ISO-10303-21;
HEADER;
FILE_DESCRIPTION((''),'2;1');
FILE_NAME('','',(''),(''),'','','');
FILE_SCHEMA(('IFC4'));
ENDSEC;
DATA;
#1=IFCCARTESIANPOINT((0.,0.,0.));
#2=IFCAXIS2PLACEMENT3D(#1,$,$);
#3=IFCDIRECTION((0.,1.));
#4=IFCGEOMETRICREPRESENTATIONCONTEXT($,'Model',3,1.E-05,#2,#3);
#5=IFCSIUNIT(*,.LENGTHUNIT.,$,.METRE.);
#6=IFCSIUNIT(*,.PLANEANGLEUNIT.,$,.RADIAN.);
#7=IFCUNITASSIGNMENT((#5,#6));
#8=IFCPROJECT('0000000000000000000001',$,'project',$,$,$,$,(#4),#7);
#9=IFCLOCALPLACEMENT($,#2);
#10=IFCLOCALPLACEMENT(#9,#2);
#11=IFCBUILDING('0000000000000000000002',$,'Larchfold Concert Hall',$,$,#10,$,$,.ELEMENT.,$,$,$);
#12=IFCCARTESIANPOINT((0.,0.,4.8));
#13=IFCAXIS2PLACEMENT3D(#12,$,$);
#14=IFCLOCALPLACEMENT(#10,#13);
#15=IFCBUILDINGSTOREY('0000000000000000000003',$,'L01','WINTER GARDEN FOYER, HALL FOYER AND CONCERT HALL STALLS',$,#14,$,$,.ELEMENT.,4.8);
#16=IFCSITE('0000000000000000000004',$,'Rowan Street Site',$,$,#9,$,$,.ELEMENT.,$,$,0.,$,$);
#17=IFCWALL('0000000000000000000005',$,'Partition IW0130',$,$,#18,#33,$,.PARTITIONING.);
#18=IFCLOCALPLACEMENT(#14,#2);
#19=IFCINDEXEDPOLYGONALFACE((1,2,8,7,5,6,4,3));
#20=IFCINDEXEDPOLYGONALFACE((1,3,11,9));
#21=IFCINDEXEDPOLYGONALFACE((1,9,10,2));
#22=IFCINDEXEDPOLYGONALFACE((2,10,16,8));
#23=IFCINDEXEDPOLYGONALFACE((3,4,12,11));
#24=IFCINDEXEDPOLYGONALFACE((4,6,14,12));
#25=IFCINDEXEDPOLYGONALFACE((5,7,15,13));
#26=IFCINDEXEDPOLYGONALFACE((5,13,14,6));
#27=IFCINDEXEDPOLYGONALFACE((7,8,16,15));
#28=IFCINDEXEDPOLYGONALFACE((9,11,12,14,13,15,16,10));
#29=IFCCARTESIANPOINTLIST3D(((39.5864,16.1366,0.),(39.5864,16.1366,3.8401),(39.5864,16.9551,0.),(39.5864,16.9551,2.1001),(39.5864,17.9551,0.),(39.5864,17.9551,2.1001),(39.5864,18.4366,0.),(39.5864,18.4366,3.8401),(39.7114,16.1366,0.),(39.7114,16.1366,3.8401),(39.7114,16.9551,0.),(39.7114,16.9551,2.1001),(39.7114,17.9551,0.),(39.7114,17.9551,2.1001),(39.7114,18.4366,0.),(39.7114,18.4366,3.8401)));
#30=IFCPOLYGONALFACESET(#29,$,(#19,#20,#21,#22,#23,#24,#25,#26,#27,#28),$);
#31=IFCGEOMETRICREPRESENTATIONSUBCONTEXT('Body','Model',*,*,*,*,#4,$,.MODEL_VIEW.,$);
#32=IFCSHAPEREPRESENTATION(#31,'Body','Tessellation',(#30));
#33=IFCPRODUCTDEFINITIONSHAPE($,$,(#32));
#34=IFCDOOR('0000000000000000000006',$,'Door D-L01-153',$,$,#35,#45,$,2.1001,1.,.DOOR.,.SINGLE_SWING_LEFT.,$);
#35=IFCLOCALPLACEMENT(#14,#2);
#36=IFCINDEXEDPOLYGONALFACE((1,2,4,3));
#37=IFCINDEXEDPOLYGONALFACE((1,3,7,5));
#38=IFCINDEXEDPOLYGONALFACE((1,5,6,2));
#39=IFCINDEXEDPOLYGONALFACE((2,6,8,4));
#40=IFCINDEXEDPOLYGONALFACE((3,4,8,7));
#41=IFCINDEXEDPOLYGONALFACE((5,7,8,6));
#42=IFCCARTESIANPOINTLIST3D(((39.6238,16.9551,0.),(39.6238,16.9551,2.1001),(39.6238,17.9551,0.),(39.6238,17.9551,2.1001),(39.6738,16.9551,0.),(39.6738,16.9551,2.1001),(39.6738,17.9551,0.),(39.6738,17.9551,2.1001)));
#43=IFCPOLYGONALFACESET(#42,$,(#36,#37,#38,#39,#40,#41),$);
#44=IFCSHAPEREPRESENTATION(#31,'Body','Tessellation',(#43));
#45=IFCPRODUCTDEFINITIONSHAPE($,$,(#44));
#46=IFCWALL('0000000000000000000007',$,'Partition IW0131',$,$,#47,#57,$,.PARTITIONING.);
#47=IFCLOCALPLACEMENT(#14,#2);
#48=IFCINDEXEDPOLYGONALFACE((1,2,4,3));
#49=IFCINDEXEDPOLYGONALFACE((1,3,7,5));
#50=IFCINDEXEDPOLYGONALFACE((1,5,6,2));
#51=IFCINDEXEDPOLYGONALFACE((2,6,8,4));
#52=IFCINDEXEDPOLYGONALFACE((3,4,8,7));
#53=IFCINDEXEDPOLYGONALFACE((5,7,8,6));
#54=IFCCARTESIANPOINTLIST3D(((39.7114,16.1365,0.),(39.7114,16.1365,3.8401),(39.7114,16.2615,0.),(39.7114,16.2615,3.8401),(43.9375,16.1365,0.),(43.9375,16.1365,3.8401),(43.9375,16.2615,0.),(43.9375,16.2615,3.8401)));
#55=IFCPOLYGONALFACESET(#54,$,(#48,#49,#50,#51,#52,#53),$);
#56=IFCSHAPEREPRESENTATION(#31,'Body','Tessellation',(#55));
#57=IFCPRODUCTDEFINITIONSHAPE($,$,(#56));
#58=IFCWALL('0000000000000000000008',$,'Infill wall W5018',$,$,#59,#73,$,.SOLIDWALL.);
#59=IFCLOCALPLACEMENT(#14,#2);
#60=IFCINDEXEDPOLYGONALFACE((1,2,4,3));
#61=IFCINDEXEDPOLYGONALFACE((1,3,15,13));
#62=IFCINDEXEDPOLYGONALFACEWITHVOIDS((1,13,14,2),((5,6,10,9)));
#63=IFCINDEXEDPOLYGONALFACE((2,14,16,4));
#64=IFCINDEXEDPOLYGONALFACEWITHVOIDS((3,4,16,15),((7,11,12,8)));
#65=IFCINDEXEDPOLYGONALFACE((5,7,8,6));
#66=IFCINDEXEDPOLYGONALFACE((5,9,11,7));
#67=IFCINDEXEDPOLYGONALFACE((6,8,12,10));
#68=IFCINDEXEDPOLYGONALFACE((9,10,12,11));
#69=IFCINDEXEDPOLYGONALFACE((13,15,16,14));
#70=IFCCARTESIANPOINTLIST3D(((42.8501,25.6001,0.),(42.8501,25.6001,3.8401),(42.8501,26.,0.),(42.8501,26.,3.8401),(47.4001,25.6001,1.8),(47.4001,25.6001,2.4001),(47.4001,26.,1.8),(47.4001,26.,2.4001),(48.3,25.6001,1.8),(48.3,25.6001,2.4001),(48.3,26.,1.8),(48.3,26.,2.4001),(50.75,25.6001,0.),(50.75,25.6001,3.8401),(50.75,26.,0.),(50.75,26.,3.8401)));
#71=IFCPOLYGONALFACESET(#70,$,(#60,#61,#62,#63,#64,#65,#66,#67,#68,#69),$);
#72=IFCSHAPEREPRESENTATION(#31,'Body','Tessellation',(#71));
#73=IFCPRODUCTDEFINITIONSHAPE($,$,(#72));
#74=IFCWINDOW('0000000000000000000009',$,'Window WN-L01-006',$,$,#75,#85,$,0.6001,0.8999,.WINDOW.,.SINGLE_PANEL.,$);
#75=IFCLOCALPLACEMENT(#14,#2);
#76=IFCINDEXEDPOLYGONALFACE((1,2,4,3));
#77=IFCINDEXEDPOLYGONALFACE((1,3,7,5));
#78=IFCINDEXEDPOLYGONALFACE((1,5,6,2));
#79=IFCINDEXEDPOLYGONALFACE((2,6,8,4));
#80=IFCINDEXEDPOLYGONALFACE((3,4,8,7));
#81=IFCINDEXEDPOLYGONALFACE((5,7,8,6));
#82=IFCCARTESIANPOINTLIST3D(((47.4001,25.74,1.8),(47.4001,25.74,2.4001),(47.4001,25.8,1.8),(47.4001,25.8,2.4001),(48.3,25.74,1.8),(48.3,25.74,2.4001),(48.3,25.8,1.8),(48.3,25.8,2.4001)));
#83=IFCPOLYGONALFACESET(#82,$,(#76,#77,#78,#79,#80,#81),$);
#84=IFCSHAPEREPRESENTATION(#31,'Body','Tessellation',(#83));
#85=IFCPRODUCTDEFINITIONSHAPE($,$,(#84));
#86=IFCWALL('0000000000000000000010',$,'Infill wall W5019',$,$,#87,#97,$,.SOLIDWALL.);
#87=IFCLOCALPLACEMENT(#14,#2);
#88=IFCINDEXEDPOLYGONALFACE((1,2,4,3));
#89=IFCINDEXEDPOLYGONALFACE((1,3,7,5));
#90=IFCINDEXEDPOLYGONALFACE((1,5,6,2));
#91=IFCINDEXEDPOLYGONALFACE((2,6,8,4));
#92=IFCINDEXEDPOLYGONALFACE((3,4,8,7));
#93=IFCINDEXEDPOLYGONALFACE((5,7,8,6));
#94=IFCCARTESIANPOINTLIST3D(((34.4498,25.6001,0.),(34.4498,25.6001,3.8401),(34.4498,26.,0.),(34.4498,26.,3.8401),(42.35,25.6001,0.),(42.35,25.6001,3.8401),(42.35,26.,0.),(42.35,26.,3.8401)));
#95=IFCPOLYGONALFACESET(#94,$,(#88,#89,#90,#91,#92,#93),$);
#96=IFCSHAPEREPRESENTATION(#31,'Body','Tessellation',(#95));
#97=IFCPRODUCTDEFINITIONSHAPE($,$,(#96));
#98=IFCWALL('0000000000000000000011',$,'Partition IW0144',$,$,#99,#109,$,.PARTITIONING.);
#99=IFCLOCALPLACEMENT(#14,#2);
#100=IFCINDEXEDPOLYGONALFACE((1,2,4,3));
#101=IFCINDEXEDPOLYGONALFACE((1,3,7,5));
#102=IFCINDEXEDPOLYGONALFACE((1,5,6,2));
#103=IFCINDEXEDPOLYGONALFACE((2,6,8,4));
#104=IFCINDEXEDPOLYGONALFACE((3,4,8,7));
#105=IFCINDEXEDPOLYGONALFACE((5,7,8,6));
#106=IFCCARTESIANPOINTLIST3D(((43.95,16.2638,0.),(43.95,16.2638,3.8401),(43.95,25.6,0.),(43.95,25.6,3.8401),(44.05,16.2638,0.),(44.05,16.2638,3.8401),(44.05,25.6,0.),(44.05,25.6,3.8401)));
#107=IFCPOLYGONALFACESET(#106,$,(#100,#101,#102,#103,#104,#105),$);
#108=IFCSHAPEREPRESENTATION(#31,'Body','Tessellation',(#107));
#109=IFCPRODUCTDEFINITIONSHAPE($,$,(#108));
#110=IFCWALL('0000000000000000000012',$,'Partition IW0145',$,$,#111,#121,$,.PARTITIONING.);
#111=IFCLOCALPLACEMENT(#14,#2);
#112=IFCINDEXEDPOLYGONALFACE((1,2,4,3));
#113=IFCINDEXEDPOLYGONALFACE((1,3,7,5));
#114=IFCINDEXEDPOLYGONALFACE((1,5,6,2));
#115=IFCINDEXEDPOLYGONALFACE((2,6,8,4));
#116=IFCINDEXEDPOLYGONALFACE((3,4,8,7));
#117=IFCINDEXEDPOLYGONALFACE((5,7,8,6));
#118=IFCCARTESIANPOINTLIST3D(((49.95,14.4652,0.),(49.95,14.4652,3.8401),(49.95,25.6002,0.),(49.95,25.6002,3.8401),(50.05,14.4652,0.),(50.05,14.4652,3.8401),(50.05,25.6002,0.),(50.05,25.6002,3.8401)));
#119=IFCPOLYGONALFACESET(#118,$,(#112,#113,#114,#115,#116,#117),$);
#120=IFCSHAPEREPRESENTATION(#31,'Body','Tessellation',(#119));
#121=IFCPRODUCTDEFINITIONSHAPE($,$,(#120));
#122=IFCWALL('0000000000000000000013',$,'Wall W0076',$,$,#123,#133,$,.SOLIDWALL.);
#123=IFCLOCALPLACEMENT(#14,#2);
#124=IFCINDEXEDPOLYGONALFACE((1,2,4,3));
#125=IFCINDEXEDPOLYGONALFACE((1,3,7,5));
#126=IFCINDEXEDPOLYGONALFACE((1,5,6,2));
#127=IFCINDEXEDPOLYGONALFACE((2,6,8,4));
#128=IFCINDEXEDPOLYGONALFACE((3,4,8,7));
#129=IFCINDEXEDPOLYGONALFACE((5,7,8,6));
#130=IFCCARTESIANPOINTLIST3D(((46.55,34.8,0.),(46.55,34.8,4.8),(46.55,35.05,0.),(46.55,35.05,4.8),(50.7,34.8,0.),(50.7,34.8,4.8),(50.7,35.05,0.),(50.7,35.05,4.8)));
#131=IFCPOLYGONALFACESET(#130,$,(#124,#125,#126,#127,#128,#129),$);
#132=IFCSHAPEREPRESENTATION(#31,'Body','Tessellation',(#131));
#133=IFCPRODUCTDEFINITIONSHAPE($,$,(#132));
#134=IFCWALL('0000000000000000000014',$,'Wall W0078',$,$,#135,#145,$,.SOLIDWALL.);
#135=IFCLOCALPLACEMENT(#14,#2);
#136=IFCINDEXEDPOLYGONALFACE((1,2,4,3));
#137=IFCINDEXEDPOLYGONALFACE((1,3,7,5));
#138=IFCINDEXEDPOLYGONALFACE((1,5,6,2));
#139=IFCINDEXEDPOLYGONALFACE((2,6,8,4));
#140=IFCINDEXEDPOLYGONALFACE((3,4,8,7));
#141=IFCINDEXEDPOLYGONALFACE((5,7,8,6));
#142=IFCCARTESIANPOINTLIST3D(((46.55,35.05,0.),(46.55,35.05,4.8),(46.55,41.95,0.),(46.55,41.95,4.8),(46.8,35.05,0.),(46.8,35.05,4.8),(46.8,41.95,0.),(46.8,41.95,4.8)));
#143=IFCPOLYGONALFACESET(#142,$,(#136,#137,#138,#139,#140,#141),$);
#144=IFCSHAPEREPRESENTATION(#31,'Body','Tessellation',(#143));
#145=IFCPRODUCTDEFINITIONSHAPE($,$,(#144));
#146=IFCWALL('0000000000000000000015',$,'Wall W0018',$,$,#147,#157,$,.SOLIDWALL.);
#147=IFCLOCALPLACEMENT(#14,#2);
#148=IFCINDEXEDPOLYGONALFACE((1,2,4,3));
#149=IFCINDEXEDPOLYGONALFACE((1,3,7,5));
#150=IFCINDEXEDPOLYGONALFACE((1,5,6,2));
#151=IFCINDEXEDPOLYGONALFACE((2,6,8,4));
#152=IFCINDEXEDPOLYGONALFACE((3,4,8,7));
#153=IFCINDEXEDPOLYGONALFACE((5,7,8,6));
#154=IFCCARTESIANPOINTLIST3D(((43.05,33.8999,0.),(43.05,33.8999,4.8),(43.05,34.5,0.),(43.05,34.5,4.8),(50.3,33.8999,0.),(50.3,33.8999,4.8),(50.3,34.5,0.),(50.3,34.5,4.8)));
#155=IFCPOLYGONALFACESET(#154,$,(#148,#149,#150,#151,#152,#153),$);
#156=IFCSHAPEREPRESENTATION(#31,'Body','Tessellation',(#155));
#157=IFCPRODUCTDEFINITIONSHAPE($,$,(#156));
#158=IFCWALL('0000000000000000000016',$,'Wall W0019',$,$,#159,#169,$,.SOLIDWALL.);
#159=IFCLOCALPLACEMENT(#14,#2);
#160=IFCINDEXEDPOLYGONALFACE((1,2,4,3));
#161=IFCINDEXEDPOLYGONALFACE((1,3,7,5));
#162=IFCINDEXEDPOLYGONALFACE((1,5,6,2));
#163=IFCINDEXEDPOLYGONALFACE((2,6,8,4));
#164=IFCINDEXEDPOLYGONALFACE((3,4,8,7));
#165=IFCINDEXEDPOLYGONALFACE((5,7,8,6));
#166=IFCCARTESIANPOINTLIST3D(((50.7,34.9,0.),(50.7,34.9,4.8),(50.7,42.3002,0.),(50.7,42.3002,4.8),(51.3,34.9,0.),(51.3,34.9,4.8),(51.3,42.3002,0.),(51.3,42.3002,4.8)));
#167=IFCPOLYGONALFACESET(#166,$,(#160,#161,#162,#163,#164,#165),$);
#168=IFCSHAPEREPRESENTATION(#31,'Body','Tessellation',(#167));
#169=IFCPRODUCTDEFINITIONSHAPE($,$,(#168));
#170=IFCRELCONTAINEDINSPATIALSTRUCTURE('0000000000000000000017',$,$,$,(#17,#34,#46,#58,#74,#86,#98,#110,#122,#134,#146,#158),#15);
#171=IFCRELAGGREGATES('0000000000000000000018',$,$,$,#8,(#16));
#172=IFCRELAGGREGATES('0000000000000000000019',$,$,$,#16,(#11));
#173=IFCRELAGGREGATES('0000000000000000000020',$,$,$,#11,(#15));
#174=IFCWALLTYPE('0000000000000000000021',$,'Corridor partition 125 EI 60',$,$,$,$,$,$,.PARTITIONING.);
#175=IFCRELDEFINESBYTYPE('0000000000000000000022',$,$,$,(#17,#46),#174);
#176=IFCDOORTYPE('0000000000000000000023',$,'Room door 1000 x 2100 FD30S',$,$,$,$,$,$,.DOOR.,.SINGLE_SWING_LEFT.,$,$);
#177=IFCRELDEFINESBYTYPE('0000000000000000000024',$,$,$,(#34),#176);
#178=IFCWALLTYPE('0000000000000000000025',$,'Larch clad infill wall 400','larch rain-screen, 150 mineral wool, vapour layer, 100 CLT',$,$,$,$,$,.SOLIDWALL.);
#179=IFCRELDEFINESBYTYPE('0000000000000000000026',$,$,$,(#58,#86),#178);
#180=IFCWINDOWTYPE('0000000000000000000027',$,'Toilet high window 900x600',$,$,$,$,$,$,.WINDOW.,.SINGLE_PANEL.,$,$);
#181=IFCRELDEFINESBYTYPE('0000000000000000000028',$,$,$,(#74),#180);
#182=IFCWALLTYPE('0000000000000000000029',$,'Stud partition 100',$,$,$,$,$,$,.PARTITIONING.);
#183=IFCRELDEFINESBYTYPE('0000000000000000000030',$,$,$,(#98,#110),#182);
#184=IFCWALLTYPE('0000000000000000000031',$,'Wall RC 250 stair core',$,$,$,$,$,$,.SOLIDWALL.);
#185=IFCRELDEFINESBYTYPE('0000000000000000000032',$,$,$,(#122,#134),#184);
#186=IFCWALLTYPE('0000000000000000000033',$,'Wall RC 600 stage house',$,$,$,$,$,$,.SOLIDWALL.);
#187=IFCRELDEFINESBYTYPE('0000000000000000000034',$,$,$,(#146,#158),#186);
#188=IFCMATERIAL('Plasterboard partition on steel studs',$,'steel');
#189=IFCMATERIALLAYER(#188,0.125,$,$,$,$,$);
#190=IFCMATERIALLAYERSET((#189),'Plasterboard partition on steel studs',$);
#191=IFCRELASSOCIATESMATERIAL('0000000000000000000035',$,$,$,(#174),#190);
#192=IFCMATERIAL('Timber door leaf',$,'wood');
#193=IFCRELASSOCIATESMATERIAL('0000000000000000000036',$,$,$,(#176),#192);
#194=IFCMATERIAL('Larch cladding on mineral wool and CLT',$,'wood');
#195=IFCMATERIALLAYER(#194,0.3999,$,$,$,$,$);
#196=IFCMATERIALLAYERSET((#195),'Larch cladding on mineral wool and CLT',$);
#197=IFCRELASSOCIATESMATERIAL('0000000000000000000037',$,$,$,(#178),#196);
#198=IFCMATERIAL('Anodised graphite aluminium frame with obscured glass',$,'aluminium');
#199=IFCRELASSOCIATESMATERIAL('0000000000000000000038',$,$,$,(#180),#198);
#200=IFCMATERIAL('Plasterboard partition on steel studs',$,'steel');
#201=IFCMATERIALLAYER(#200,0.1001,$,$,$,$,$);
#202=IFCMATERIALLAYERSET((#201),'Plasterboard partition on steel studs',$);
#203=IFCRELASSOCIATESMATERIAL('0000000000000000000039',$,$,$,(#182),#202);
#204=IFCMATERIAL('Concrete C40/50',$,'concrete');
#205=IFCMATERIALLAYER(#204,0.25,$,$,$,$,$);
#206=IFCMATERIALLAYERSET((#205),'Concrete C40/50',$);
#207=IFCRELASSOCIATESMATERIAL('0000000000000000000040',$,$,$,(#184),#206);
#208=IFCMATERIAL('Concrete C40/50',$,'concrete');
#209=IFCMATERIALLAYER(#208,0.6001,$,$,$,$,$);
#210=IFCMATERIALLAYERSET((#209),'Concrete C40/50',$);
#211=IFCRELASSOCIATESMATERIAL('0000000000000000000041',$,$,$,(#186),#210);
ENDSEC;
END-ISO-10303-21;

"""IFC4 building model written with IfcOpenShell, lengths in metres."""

from ifc_helpers import new_model, si_unit, direction, frame, frame_2d, origin, place, context, subcontext, project, spatial, rectangle, extrude, material, layer, layer_set, type_object, element, fill, save


model = new_model("IFC4")

# Units and contexts
model_context = context("Model", 3, precision=1e-05, world=origin(), true_north=direction((0.0, 1.0)))
body_context = subcontext(model_context, "Body", "Model", "MODEL_VIEW")
ifc_project = project(units=[si_unit("LENGTHUNIT", "METRE"), si_unit("PLANEANGLEUNIT", "RADIAN")], contexts=[model_context])

# Site, building, storey
site_placement = place(None, origin())
site = spatial("IfcSite", under=ifc_project, at=site_placement, Name="Rowan Street Site", CompositionType="ELEMENT", RefElevation=0.0)
building_placement = place(site_placement, origin())
building = spatial("IfcBuilding", under=site, at=building_placement, Name="Larchfold Concert Hall", CompositionType="ELEMENT")
storey_placement = place(building_placement, frame((0.0, 0.0, 4.8)))
storey = spatial("IfcBuildingStorey", under=building, at=storey_placement, Name="L01", Description="WINTER GARDEN FOYER, HALL FOYER AND CONCERT HALL STALLS", CompositionType="ELEMENT", Elevation=4.8)

# Shared definitions
ifc_material_1 = material(Name="Plasterboard partition on steel studs", Category="steel")
ifc_layer_1 = layer(ifc_material_1, 0.125)
ifc_layer_set_1 = layer_set([ifc_layer_1], Name="Plasterboard partition on steel studs")
wall_type_1 = type_object("IfcWallType", Name="Corridor partition 125 EI 60", PredefinedType="PARTITIONING", material=ifc_layer_set_1)

# Wall, opening, door
wall_1_placement = place(storey_placement, frame((39.6489, 18.4365, 0.0), z_axis=(0.0, 0.0, 1.0), x_axis=(0.0, -1.0, 0.0)))
wall_1 = element("IfcWall", 1, at=wall_1_placement, inside=storey, type_object=wall_type_1, Name="Partition IW0130", PredefinedType="PARTITIONING", context=body_context, shape_type="SweptSolid", body=[
    extrude(rectangle(XDim=2.3, YDim=0.125, at=frame_2d((1.1499, 0.0))), origin(), (0.0, 0.0, 1.0), 3.8401),
])
opening_1_placement = place(wall_1_placement, frame((0.4814, 0.0, 0.0)))
opening_1 = element("IfcOpeningElement", 2, at=opening_1_placement, cuts=wall_1, PredefinedType="OPENING", context=body_context, shape_type="SweptSolid", body=[
    extrude(rectangle(XDim=1.0, YDim=2.1001, at=frame_2d((0.5, 1.05))), frame((0.0, 0.0725, 0.0), z_axis=(0.0, -1.0, 0.0), x_axis=(1.0, 0.0, 0.0)), (0.0, 0.0, 1.0), 0.145),
])
ifc_material_2 = material(Name="Timber door leaf", Category="wood")
door_type = type_object("IfcDoorType", Name="Room door 1000 x 2100 FD30S", OperationType="SINGLE_SWING_LEFT", PredefinedType="DOOR", material=ifc_material_2)
door_placement = place(opening_1_placement, origin())
door = element("IfcDoor", 3, at=door_placement, inside=storey, type_object=door_type, Name="Door D-L01-153", OperationType="SINGLE_SWING_LEFT", OverallHeight=2.1001, OverallWidth=1.0, PredefinedType="DOOR", context=body_context, shape_type="SweptSolid", body=[
    extrude(rectangle(XDim=1.0, YDim=2.1001, at=frame_2d((0.5, 1.05))), frame((0.0, 0.0249, 0.0), z_axis=(0.0, -1.0, 0.0), x_axis=(1.0, 0.0, 0.0)), (0.0, 0.0, 1.0), 0.05),
])
fill(opening_1, door)

# Wall
wall_2_placement = place(storey_placement, frame((39.7114, 16.199, 0.0), z_axis=(0.0, 0.0, 1.0), x_axis=(1.0, 0.0, 0.0)))
element("IfcWall", 4, at=wall_2_placement, inside=storey, type_object=wall_type_1, Name="Partition IW0131", PredefinedType="PARTITIONING", context=body_context, shape_type="SweptSolid", body=[
    extrude(rectangle(XDim=4.2261, YDim=0.125, at=frame_2d((2.113, 0.0))), origin(), (0.0, 0.0, 1.0), 3.8401),
])

# Wall, opening, window
ifc_material_3 = material(Name="Larch cladding on mineral wool and CLT", Category="wood")
ifc_layer_2 = layer(ifc_material_3, 0.3999)
ifc_layer_set_2 = layer_set([ifc_layer_2], Name="Larch cladding on mineral wool and CLT")
wall_type_2 = type_object("IfcWallType", Name="Larch clad infill wall 400", Description="larch rain-screen, 150 mineral wool, vapour layer, 100 CLT", PredefinedType="SOLIDWALL", material=ifc_layer_set_2)
wall_3_placement = place(storey_placement, frame((50.75, 25.8, 0.0), z_axis=(0.0, 0.0, 1.0), x_axis=(-1.0, 0.0, 0.0)))
wall_3 = element("IfcWall", 5, at=wall_3_placement, inside=storey, type_object=wall_type_2, Name="Infill wall W5018", PredefinedType="SOLIDWALL", context=body_context, shape_type="SweptSolid", body=[
    extrude(rectangle(XDim=7.8999, YDim=0.3999, at=frame_2d((3.95, 0.0))), origin(), (0.0, 0.0, 1.0), 3.8401),
])
opening_2_placement = place(wall_3_placement, frame((2.45, 0.0, 1.8)))
opening_2 = element("IfcOpeningElement", 6, at=opening_2_placement, cuts=wall_3, PredefinedType="OPENING", context=body_context, shape_type="SweptSolid", body=[
    extrude(rectangle(XDim=0.8999, YDim=0.6001, at=frame_2d((0.45, 0.3))), frame((0.0, 0.21, 0.0), z_axis=(0.0, -1.0, 0.0), x_axis=(1.0, 0.0, 0.0)), (0.0, 0.0, 1.0), 0.4199),
])
ifc_material_4 = material(Name="Anodised graphite aluminium frame with obscured glass", Category="aluminium")
window_type = type_object("IfcWindowType", Name="Toilet high window 900x600", PartitioningType="SINGLE_PANEL", PredefinedType="WINDOW", material=ifc_material_4)
window_placement = place(opening_2_placement, origin())
window = element("IfcWindow", 7, at=window_placement, inside=storey, type_object=window_type, Name="Window WN-L01-006", OverallHeight=0.6001, OverallWidth=0.8999, PartitioningType="SINGLE_PANEL", PredefinedType="WINDOW", context=body_context, shape_type="SweptSolid", body=[
    extrude(rectangle(XDim=0.8999, YDim=0.6001, at=frame_2d((0.45, 0.3))), frame((0.0, 0.0601, 0.0), z_axis=(0.0, -1.0, 0.0), x_axis=(1.0, 0.0, 0.0)), (0.0, 0.0, 1.0), 0.0601),
])
fill(opening_2, window)

# Walls
wall_4_placement = place(storey_placement, frame((42.3501, 25.8, 0.0), z_axis=(0.0, 0.0, 1.0), x_axis=(-1.0, 0.0, 0.0)))
element("IfcWall", 8, at=wall_4_placement, inside=storey, type_object=wall_type_2, Name="Infill wall W5019", PredefinedType="SOLIDWALL", context=body_context, shape_type="SweptSolid", body=[
    extrude(rectangle(XDim=7.9001, YDim=0.3999, at=frame_2d((3.9502, 0.0))), origin(), (0.0, 0.0, 1.0), 3.8401),
])
ifc_material_5 = material(Name="Plasterboard partition on steel studs", Category="steel")
ifc_layer_3 = layer(ifc_material_5, 0.1001)
ifc_layer_set_3 = layer_set([ifc_layer_3], Name="Plasterboard partition on steel studs")
wall_type_3 = type_object("IfcWallType", Name="Stud partition 100", PredefinedType="PARTITIONING", material=ifc_layer_set_3)
wall_5_placement = place(storey_placement, frame((44.0, 16.2639, 0.0), z_axis=(0.0, 0.0, 1.0), x_axis=(0.0, 1.0, 0.0)))
element("IfcWall", 9, at=wall_5_placement, inside=storey, type_object=wall_type_3, Name="Partition IW0144", PredefinedType="PARTITIONING", context=body_context, shape_type="SweptSolid", body=[
    extrude(rectangle(XDim=9.3362, YDim=0.1001, at=frame_2d((4.668, 0.0))), origin(), (0.0, 0.0, 1.0), 3.8401),
])
wall_6_placement = place(storey_placement, frame((50.0, 25.6001, 0.0), z_axis=(0.0, 0.0, 1.0), x_axis=(0.0, -1.0, 0.0)))
element("IfcWall", 10, at=wall_6_placement, inside=storey, type_object=wall_type_3, Name="Partition IW0145", PredefinedType="PARTITIONING", context=body_context, shape_type="SweptSolid", body=[
    extrude(rectangle(XDim=11.135, YDim=0.1001, at=frame_2d((5.5674, 0.0))), origin(), (0.0, 0.0, 1.0), 3.8401),
])
ifc_material_6 = material(Name="Concrete C40/50", Category="concrete")
ifc_layer_4 = layer(ifc_material_6, 0.25)
ifc_layer_set_4 = layer_set([ifc_layer_4], Name="Concrete C40/50")
wall_type_4 = type_object("IfcWallType", Name="Wall RC 250 stair core", PredefinedType="SOLIDWALL", material=ifc_layer_set_4)
wall_7_placement = place(storey_placement, frame((46.55, 34.925, 0.0), z_axis=(0.0, 0.0, 1.0), x_axis=(1.0, 0.0, 0.0)))
element("IfcWall", 11, at=wall_7_placement, inside=storey, type_object=wall_type_4, Name="Wall W0076", PredefinedType="SOLIDWALL", context=body_context, shape_type="SweptSolid", body=[
    extrude(rectangle(XDim=4.1499, YDim=0.25, at=frame_2d((2.075, 0.0))), origin(), (0.0, 0.0, 1.0), 4.8),
])
wall_8_placement = place(storey_placement, frame((46.675, 35.05, 0.0), z_axis=(0.0, 0.0, 1.0), x_axis=(0.0, 1.0, 0.0)))
element("IfcWall", 12, at=wall_8_placement, inside=storey, type_object=wall_type_4, Name="Wall W0078", PredefinedType="SOLIDWALL", context=body_context, shape_type="SweptSolid", body=[
    extrude(rectangle(XDim=6.8999, YDim=0.25, at=frame_2d((3.45, 0.0))), origin(), (0.0, 0.0, 1.0), 4.8),
])
ifc_material_7 = material(Name="Concrete C40/50", Category="concrete")
ifc_layer_5 = layer(ifc_material_7, 0.6001)
ifc_layer_set_5 = layer_set([ifc_layer_5], Name="Concrete C40/50")
wall_type_5 = type_object("IfcWallType", Name="Wall RC 600 stage house", PredefinedType="SOLIDWALL", material=ifc_layer_set_5)
wall_9_placement = place(storey_placement, frame((43.05, 34.2, 0.0), z_axis=(0.0, 0.0, 1.0), x_axis=(1.0, 0.0, 0.0)))
element("IfcWall", 13, at=wall_9_placement, inside=storey, type_object=wall_type_5, Name="Wall W0018", PredefinedType="SOLIDWALL", context=body_context, shape_type="SweptSolid", body=[
    extrude(rectangle(XDim=7.25, YDim=0.6001, at=frame_2d((3.625, 0.0))), origin(), (0.0, 0.0, 1.0), 4.8),
])
wall_10_placement = place(storey_placement, frame((51.0, 34.8999, 0.0), z_axis=(0.0, 0.0, 1.0), x_axis=(0.0, 1.0, 0.0)))
element("IfcWall", 14, at=wall_10_placement, inside=storey, type_object=wall_type_5, Name="Wall W0019", PredefinedType="SOLIDWALL", context=body_context, shape_type="SweptSolid", body=[
    extrude(rectangle(XDim=7.4001, YDim=0.6001, at=frame_2d((3.7002, 0.0))), origin(), (0.0, 0.0, 1.0), 4.8),
])

save(model, "model.ifc")
